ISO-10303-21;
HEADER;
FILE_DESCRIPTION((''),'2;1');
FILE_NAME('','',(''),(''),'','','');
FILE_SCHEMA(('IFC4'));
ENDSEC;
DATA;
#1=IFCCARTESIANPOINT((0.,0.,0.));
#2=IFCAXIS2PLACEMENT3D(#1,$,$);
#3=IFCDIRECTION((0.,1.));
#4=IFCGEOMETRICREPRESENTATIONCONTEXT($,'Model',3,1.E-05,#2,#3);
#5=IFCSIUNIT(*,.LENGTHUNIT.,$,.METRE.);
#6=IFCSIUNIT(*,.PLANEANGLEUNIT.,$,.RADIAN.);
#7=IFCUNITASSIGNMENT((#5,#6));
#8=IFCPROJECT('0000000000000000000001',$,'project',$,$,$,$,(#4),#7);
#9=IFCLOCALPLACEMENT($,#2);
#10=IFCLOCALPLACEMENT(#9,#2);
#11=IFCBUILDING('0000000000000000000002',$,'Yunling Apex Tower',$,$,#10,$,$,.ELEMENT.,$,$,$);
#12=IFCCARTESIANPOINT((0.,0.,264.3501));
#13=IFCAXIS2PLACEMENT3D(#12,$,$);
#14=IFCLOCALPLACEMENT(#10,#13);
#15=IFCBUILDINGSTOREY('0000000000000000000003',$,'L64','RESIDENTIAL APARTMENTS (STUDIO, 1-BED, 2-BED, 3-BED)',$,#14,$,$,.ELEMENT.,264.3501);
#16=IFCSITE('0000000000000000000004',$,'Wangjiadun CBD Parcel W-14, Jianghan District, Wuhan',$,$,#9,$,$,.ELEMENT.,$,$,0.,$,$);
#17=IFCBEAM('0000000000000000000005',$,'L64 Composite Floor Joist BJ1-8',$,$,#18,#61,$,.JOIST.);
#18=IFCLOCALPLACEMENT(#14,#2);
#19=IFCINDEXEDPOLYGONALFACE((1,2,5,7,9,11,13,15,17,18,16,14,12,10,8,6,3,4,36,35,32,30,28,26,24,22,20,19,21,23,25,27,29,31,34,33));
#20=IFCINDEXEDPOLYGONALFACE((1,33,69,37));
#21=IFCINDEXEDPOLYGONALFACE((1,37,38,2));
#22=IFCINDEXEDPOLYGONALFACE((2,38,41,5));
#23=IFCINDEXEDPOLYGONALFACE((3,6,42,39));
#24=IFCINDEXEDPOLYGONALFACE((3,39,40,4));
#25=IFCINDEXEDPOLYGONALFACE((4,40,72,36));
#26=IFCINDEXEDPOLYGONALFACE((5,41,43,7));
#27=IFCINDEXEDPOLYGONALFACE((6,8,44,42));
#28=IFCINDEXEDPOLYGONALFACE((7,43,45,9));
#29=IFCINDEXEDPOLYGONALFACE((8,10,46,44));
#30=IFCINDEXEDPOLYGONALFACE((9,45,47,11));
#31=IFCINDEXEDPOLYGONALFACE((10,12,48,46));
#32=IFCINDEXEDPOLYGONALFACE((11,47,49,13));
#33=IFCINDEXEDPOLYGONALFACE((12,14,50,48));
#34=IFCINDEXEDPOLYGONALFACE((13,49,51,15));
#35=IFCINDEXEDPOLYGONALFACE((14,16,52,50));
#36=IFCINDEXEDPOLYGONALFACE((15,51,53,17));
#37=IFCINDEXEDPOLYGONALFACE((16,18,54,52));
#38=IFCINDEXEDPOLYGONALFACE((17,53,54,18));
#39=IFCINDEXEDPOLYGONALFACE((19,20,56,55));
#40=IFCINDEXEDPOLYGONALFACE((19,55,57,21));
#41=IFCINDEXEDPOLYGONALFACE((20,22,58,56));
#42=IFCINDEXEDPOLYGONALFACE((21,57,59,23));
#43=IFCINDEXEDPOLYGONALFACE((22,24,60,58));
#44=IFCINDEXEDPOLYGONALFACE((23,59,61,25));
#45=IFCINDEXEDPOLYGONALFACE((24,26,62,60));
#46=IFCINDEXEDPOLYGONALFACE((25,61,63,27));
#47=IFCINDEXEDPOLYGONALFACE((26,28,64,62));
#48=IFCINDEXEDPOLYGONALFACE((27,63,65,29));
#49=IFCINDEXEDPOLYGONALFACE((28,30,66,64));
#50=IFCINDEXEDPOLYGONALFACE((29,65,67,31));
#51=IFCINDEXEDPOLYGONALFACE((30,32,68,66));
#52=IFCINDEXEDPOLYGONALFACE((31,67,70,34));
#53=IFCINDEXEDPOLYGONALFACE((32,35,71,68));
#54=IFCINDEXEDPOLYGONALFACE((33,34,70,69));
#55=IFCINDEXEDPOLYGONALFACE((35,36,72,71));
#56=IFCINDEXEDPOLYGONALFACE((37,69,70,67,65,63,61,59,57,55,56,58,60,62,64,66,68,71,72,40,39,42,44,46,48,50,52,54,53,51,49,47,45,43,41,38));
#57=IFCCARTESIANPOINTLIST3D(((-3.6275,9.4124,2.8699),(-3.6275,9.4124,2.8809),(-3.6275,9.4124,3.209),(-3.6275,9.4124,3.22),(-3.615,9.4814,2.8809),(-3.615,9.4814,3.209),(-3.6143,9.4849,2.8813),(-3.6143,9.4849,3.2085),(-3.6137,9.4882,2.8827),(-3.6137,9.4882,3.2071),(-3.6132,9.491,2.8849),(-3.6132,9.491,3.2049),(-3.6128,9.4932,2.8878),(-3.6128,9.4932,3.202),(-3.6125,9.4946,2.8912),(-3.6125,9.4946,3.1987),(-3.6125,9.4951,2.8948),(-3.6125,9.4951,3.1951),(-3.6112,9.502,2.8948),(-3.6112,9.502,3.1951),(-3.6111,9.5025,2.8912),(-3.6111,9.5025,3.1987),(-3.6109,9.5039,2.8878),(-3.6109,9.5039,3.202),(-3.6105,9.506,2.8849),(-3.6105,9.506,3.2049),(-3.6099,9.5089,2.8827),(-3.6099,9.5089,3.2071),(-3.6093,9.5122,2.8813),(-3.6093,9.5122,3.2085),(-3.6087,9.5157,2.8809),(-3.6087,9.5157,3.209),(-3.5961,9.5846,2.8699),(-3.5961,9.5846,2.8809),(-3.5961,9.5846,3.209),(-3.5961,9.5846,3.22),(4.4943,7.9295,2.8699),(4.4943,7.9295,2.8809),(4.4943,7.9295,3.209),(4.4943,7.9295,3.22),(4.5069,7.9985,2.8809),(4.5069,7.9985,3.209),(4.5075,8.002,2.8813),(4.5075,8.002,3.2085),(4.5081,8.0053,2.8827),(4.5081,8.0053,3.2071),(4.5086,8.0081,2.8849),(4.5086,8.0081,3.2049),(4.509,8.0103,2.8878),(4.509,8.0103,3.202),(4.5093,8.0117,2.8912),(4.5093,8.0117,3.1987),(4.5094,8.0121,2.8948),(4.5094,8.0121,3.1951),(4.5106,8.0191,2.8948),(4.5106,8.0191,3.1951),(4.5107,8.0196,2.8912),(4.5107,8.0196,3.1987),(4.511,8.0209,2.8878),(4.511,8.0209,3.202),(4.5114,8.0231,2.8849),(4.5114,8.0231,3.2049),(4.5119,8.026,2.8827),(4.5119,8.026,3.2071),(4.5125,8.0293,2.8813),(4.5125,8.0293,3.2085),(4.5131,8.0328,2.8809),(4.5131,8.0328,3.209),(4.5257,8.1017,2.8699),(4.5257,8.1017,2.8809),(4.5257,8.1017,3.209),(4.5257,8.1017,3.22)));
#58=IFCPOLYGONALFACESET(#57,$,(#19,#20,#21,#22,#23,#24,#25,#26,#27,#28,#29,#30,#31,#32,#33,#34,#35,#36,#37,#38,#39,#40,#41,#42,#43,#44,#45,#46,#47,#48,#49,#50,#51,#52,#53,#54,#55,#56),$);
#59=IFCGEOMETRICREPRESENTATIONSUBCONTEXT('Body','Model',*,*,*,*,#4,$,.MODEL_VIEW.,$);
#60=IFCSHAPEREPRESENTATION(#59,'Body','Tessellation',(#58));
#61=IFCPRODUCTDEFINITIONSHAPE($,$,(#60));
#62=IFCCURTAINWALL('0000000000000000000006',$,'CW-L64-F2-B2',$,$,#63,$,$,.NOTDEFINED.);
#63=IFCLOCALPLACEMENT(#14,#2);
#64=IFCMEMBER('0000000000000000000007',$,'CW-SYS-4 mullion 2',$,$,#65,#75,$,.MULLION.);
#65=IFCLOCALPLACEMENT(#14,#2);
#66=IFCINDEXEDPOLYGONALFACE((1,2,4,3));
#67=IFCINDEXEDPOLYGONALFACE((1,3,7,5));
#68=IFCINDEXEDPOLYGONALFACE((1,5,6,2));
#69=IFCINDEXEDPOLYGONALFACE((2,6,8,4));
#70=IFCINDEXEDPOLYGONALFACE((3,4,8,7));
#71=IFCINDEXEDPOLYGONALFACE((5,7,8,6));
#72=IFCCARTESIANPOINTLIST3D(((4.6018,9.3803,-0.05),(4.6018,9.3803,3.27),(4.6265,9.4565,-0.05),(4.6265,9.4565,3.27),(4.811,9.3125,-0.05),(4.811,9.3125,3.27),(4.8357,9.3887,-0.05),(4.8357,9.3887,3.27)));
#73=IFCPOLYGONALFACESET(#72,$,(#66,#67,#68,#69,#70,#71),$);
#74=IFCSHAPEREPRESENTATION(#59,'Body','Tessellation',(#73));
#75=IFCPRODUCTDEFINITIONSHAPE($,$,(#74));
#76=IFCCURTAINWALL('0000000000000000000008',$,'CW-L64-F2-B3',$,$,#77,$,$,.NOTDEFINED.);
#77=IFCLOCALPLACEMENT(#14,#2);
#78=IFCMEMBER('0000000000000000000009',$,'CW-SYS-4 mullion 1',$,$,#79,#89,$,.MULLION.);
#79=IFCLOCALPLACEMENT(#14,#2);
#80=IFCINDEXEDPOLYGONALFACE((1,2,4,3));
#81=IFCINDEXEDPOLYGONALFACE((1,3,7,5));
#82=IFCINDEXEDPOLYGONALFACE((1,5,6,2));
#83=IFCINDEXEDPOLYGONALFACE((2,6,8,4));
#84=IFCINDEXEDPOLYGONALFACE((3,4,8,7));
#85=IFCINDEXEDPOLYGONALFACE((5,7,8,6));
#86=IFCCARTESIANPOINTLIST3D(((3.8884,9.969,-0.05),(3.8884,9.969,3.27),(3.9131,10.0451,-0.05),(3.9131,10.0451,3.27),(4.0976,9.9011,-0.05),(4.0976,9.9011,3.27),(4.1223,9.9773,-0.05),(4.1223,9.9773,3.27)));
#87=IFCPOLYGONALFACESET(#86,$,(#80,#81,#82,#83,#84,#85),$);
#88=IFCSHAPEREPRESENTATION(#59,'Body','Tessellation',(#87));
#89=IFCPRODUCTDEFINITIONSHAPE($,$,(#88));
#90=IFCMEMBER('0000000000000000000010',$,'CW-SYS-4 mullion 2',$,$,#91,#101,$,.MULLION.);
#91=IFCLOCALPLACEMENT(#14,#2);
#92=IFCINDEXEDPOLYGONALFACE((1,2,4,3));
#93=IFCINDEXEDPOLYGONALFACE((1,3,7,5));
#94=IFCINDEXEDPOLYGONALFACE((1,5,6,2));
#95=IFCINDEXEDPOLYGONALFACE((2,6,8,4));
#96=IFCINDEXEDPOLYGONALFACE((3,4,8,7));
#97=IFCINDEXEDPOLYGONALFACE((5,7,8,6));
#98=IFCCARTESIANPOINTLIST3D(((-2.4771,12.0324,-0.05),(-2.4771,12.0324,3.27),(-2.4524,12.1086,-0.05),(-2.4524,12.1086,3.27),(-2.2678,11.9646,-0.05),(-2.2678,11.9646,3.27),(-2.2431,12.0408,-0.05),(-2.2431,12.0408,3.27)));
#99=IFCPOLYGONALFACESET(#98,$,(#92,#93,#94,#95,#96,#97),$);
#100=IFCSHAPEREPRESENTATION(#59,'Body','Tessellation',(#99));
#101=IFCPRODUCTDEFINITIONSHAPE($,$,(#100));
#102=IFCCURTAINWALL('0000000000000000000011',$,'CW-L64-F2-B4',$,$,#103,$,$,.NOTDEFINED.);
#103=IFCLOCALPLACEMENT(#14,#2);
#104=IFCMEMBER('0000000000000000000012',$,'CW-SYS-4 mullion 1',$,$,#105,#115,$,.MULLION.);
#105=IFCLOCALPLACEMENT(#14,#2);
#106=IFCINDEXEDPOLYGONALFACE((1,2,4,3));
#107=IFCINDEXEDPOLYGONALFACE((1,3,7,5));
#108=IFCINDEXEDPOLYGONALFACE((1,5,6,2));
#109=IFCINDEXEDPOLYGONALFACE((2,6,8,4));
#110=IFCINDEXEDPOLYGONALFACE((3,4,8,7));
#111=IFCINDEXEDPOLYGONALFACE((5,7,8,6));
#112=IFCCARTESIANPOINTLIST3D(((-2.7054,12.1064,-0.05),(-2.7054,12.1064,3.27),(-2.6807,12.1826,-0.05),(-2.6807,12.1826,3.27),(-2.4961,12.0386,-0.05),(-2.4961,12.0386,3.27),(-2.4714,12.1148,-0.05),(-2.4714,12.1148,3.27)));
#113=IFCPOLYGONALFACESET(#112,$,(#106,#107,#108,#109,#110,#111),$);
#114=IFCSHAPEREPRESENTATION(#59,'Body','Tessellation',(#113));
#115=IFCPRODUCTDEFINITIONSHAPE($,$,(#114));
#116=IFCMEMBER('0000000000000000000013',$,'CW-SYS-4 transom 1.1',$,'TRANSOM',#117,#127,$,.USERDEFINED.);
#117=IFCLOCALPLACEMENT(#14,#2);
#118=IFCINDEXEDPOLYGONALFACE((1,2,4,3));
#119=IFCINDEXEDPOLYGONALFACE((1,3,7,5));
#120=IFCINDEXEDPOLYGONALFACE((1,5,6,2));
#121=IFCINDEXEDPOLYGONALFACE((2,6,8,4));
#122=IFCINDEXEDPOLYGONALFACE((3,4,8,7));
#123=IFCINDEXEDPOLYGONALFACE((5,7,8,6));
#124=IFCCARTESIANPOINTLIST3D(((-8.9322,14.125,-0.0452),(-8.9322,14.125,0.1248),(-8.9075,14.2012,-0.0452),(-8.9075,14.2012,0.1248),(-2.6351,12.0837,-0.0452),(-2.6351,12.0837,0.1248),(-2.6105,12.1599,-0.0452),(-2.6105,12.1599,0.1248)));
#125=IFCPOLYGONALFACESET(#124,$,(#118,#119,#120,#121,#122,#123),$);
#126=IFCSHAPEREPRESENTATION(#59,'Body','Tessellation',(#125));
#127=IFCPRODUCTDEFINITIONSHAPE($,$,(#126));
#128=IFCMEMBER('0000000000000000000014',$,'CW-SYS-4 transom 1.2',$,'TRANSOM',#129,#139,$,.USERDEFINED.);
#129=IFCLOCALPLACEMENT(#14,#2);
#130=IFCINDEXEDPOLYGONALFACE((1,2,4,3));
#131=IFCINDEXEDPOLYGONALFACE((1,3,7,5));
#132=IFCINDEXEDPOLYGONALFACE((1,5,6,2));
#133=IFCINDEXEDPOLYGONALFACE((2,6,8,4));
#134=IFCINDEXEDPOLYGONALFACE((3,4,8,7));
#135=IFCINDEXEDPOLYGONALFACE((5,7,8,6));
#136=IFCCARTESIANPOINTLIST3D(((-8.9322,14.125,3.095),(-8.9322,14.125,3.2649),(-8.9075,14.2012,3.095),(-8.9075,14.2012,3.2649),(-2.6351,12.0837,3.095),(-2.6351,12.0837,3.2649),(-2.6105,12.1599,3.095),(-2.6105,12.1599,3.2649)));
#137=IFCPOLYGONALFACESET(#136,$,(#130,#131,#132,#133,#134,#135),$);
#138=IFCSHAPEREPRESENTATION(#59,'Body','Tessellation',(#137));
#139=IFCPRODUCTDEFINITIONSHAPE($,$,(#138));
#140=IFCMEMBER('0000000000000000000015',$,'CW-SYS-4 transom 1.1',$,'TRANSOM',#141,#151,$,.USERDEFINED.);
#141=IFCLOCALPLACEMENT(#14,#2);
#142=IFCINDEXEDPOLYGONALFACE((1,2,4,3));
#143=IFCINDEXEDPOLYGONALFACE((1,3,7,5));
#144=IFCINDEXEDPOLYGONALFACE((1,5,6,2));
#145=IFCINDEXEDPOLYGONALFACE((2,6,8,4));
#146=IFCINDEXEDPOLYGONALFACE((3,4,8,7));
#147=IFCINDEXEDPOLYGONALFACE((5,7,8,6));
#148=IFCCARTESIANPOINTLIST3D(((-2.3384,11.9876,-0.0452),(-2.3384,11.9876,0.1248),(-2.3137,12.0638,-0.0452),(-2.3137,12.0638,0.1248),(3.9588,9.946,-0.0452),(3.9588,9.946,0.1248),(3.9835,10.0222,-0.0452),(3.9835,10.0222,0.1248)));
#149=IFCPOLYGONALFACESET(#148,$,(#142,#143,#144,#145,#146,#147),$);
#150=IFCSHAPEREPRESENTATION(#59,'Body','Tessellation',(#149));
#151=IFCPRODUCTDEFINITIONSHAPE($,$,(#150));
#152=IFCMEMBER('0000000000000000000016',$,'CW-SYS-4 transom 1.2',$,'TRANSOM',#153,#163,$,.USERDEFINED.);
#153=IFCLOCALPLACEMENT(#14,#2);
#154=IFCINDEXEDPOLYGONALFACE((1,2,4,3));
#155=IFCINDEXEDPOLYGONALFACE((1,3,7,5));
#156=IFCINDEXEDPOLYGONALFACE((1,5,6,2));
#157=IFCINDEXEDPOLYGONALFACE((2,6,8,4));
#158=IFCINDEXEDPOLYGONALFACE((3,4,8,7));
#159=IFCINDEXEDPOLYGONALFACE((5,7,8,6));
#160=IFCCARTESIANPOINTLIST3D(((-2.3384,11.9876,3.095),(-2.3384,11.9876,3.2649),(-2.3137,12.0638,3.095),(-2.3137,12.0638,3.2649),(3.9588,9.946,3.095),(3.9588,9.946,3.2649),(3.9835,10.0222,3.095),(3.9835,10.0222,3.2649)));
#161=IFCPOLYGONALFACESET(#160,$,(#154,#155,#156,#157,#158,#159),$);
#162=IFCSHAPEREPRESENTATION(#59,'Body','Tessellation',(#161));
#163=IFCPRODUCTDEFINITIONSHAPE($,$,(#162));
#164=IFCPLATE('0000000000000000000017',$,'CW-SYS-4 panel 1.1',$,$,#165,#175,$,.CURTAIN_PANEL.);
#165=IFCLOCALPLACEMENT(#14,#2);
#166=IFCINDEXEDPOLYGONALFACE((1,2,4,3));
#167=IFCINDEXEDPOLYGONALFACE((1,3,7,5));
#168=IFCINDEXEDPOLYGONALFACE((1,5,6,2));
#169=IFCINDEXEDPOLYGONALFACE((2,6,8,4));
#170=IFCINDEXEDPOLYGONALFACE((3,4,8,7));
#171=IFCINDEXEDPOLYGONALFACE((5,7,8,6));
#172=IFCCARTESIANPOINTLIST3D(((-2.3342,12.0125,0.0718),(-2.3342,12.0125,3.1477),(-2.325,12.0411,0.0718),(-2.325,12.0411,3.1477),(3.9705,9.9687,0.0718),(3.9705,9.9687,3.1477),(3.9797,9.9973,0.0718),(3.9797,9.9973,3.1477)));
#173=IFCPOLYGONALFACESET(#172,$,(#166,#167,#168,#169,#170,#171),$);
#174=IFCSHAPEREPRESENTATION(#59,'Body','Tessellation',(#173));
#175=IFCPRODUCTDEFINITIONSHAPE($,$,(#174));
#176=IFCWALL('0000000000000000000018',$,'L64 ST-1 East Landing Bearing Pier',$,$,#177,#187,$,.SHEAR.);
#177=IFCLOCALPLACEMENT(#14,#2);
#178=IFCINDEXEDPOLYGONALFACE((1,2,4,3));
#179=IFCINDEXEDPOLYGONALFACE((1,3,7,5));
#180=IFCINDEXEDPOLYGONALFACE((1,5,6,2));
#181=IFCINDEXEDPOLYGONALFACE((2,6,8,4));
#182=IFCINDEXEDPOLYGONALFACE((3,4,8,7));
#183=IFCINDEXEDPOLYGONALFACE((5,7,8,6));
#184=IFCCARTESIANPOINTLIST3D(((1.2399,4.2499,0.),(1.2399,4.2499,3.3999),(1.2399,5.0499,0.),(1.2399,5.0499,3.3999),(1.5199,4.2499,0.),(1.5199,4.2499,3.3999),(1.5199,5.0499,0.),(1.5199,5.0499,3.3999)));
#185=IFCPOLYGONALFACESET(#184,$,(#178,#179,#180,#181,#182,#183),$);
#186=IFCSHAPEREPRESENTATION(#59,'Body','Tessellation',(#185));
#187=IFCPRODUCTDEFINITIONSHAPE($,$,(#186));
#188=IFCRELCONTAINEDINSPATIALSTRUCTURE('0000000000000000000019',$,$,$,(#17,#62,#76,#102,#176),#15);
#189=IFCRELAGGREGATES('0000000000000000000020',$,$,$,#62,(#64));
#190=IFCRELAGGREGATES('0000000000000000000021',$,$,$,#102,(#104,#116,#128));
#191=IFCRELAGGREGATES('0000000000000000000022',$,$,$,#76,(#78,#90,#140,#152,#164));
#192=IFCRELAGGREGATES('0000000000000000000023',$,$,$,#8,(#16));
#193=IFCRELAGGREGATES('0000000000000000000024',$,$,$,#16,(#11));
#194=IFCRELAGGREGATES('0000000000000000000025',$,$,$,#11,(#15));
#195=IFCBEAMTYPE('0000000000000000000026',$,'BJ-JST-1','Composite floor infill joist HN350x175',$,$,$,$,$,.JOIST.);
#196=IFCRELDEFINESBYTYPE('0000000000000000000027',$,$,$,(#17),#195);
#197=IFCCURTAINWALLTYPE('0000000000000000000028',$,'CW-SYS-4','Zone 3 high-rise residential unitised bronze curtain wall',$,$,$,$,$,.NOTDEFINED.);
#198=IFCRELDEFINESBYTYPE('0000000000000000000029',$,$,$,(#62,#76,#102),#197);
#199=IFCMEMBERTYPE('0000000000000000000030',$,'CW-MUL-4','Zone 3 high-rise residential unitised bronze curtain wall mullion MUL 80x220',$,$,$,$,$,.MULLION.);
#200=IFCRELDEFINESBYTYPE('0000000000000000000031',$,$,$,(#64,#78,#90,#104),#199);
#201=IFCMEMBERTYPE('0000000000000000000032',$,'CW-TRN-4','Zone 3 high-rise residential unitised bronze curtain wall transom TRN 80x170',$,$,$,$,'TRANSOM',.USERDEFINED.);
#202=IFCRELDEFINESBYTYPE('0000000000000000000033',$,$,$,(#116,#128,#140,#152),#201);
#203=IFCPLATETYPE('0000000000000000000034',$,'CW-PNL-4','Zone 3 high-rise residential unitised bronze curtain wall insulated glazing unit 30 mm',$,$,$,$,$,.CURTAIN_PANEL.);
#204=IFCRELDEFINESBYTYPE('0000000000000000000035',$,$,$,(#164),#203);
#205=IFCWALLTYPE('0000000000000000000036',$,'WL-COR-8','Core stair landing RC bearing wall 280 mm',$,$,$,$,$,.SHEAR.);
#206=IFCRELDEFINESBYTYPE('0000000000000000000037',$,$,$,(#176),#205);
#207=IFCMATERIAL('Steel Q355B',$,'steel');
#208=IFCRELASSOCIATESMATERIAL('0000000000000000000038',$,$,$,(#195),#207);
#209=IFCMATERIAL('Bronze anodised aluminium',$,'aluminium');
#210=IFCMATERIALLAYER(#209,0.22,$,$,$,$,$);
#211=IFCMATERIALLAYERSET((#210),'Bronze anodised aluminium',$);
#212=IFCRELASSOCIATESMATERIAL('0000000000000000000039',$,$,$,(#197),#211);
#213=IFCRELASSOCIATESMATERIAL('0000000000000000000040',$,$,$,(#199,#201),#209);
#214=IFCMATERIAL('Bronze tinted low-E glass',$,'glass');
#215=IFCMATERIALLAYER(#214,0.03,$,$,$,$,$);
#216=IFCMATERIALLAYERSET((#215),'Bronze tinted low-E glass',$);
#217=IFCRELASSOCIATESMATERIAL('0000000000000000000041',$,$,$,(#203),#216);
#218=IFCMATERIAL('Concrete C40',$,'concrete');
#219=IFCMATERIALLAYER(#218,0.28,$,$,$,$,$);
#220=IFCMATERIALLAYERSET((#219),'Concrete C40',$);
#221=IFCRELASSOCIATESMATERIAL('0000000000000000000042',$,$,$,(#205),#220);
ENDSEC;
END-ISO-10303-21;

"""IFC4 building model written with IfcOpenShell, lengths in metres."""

from ifc_helpers import new_model, si_unit, direction, frame, frame_2d, origin, origin_2d, place, context, subcontext, project, spatial, rectangle, i_section, extrude, source, transform, mapped, material, layer, layer_set, material_profile, profile_set, type_object, element, aggregate, save


model = new_model("IFC4")

# Units and contexts
model_context = context("Model", 3, precision=1e-05, world=origin(), true_north=direction((0.0, 1.0)))
body_context = subcontext(model_context, "Body", "Model", "MODEL_VIEW")
ifc_project = project(units=[si_unit("LENGTHUNIT", "METRE"), si_unit("PLANEANGLEUNIT", "RADIAN")], contexts=[model_context])

# Site, building, storey
site_placement = place(None, origin())
site = spatial("IfcSite", under=ifc_project, at=site_placement, Name="Wangjiadun CBD Parcel W-14, Jianghan District, Wuhan", CompositionType="ELEMENT", RefElevation=0.0)
building_placement = place(site_placement, origin())
building = spatial("IfcBuilding", under=site, at=building_placement, Name="Yunling Apex Tower", CompositionType="ELEMENT")
storey_placement = place(building_placement, frame((0.0, 0.0, 264.3501)))
storey = spatial("IfcBuildingStorey", under=building, at=storey_placement, Name="L64", Description="RESIDENTIAL APARTMENTS (STUDIO, 1-BED, 2-BED, 3-BED)", CompositionType="ELEMENT", Elevation=264.3501)

# Shared definitions
ifc_material_1 = material(Name="Steel Q355B", Category="steel")

# Beam
ifc_material_profile_1 = material_profile(ifc_material_1, i_section(OverallWidth=0.175, OverallDepth=0.3501, WebThickness=0.0071, FlangeThickness=0.011, FilletRadius=0.0139, at=origin_2d()))
ifc_profile_set_1 = profile_set([ifc_material_profile_1], Name="Steel Q355B")
beam_type_1 = type_object("IfcBeamType", Name="BJ-JST-1", Description="Composite floor infill joist HN350x175", PredefinedType="JOIST", material=ifc_profile_set_1)
shared_shape_1 = source(origin(), body_context, "Body", "SweptSolid", [
    extrude(i_section(OverallWidth=0.175, OverallDepth=0.3501, WebThickness=0.0071, FlangeThickness=0.011, FilletRadius=0.0139, at=origin_2d()), origin(), (0.0, 0.0, 1.0), 8.2561),
])
beam_1_placement = place(storey_placement, frame((4.51, 8.0156, 3.0449), z_axis=(-0.983737, 0.179614, 0.0), x_axis=(-0.179614, -0.983737, 0.0)))
element("IfcBeam", 1, at=beam_1_placement, inside=storey, type_object=beam_type_1, Name="L64 Composite Floor Joist BJ1-8", PredefinedType="JOIST", context=body_context, shape_type="MappedRepresentation", body=[
    mapped(shared_shape_1, transform((0.0, 0.0, 0.0), scale=1.0)),
])

# Curtain wall, member
ifc_material_2 = material(Name="Bronze anodised aluminium", Category="aluminium")
ifc_layer_1 = layer(ifc_material_2, 0.22)
ifc_layer_set_1 = layer_set([ifc_layer_1], Name="Bronze anodised aluminium")
curtain_wall_type = type_object("IfcCurtainWallType", Name="CW-SYS-4", Description="Zone 3 high-rise residential unitised bronze curtain wall", PredefinedType="NOTDEFINED", material=ifc_layer_set_1)
curtain_wall_1_placement = place(storey_placement, origin())
curtain_wall_1 = element("IfcCurtainWall", 2, at=curtain_wall_1_placement, inside=storey, type_object=curtain_wall_type, Name="CW-L64-F2-B2", PredefinedType="NOTDEFINED")
ifc_material_profile_2 = material_profile(ifc_material_2, rectangle(XDim=0.0801, YDim=0.22, at=origin_2d()))
ifc_profile_set_2 = profile_set([ifc_material_profile_2], Name="Bronze anodised aluminium")
member_type_1 = type_object("IfcMemberType", Name="CW-MUL-4", Description="Zone 3 high-rise residential unitised bronze curtain wall mullion MUL 80x220", PredefinedType="MULLION", material=ifc_profile_set_2)
shared_shape_2 = source(origin(), body_context, "Body", "SweptSolid", [
    extrude(rectangle(XDim=0.0801, YDim=0.22, at=origin_2d()), origin(), (0.0, 0.0, 1.0), 3.3201),
])
member_1_placement = place(storey_placement, frame((4.7188, 9.3845, -0.05), z_axis=(0.0, 0.0, 1.0), x_axis=(-0.308369, -0.951267, 0.0)))
member_1 = element("IfcMember", 3, at=member_1_placement, type_object=member_type_1, Name="CW-SYS-4 mullion 2", PredefinedType="MULLION", context=body_context, shape_type="MappedRepresentation", body=[
    mapped(shared_shape_2, transform((0.0, 0.0, 0.0), scale=1.0)),
])
aggregate(curtain_wall_1, [member_1])

# Curtain walls, members
curtain_wall_2_placement = place(storey_placement, origin())
curtain_wall_2 = element("IfcCurtainWall", 4, at=curtain_wall_2_placement, inside=storey, type_object=curtain_wall_type, Name="CW-L64-F2-B3", PredefinedType="NOTDEFINED")
member_2_placement = place(storey_placement, frame((4.0054, 9.9731, -0.05), z_axis=(0.0, 0.0, 1.0), x_axis=(-0.308371, -0.951266, 0.0)))
member_2 = element("IfcMember", 5, at=member_2_placement, type_object=member_type_1, Name="CW-SYS-4 mullion 1", PredefinedType="MULLION", context=body_context, shape_type="MappedRepresentation", body=[
    mapped(shared_shape_2, transform((0.0, 0.0, 0.0), scale=1.0)),
])
member_3_placement = place(storey_placement, frame((-2.3601, 12.0366, -0.05), z_axis=(0.0, 0.0, 1.0), x_axis=(-0.308371, -0.951266, 0.0)))
member_3 = element("IfcMember", 6, at=member_3_placement, type_object=member_type_1, Name="CW-SYS-4 mullion 2", PredefinedType="MULLION", context=body_context, shape_type="MappedRepresentation", body=[
    mapped(shared_shape_2, transform((0.0, 0.0, 0.0), scale=1.0)),
])
curtain_wall_3_placement = place(storey_placement, origin())
curtain_wall_3 = element("IfcCurtainWall", 7, at=curtain_wall_3_placement, inside=storey, type_object=curtain_wall_type, Name="CW-L64-F2-B4", PredefinedType="NOTDEFINED")
member_4_placement = place(storey_placement, frame((-2.5884, 12.1106, -0.05), z_axis=(0.0, 0.0, 1.0), x_axis=(-0.308353, -0.951272, 0.0)))
member_4 = element("IfcMember", 8, at=member_4_placement, type_object=member_type_1, Name="CW-SYS-4 mullion 1", PredefinedType="MULLION", context=body_context, shape_type="MappedRepresentation", body=[
    mapped(shared_shape_2, transform((0.0, 0.0, 0.0), scale=1.0)),
])
ifc_material_profile_3 = material_profile(ifc_material_2, rectangle(XDim=0.0801, YDim=0.1699, at=origin_2d()))
ifc_profile_set_3 = profile_set([ifc_material_profile_3], Name="Bronze anodised aluminium")
member_type_2 = type_object("IfcMemberType", Name="CW-TRN-4", Description="Zone 3 high-rise residential unitised bronze curtain wall transom TRN 80x170", ElementType="TRANSOM", PredefinedType="USERDEFINED", material=ifc_profile_set_3)
shared_shape_3 = source(origin(), body_context, "Body", "SweptSolid", [
    extrude(rectangle(XDim=0.0801, YDim=0.1699, at=origin_2d()), origin(), (0.0, 0.0, 1.0), 6.6196),
])
member_5_placement = place(storey_placement, frame((-2.6228, 12.1218, 0.0398), z_axis=(-0.951269, 0.308361, 0.0), x_axis=(-0.308361, -0.951269, 0.0)))
member_5 = element("IfcMember", 9, at=member_5_placement, type_object=member_type_2, Name="CW-SYS-4 transom 1.1", ObjectType="TRANSOM", PredefinedType="USERDEFINED", context=body_context, shape_type="MappedRepresentation", body=[
    mapped(shared_shape_3, transform((0.0, 0.0, 0.0), scale=1.0)),
])
member_6_placement = place(storey_placement, frame((-2.6228, 12.1218, 3.1799), z_axis=(-0.951269, 0.308361, 0.0), x_axis=(-0.308361, -0.951269, 0.0)))
member_6 = element("IfcMember", 10, at=member_6_placement, type_object=member_type_2, Name="CW-SYS-4 transom 1.2", ObjectType="TRANSOM", PredefinedType="USERDEFINED", context=body_context, shape_type="MappedRepresentation", body=[
    mapped(shared_shape_3, transform((0.0, 0.0, 0.0), scale=1.0)),
])
aggregate(curtain_wall_3, [member_4, member_5, member_6])

# Members
shared_shape_4 = source(origin(), body_context, "Body", "SweptSolid", [
    extrude(rectangle(XDim=0.0801, YDim=0.1699, at=origin_2d()), origin(), (0.0, 0.0, 1.0), 6.6199),
])
member_7_placement = place(storey_placement, frame((3.9712, 9.9841, 0.0398), z_axis=(-0.951258, 0.308395, 0.0), x_axis=(-0.308395, -0.951258, 0.0)))
member_7 = element("IfcMember", 11, at=member_7_placement, type_object=member_type_2, Name="CW-SYS-4 transom 1.1", ObjectType="TRANSOM", PredefinedType="USERDEFINED", context=body_context, shape_type="MappedRepresentation", body=[
    mapped(shared_shape_4, transform((0.0, 0.0, 0.0), scale=1.0)),
])
member_8_placement = place(storey_placement, frame((3.9712, 9.9841, 3.1799), z_axis=(-0.951258, 0.308395, 0.0), x_axis=(-0.308395, -0.951258, 0.0)))
member_8 = element("IfcMember", 12, at=member_8_placement, type_object=member_type_2, Name="CW-SYS-4 transom 1.2", ObjectType="TRANSOM", PredefinedType="USERDEFINED", context=body_context, shape_type="MappedRepresentation", body=[
    mapped(shared_shape_4, transform((0.0, 0.0, 0.0), scale=1.0)),
])

# Plate
ifc_material_3 = material(Name="Bronze tinted low-E glass", Category="glass")
ifc_layer_2 = layer(ifc_material_3, 0.03)
ifc_layer_set_2 = layer_set([ifc_layer_2], Name="Bronze tinted low-E glass")
plate_type = type_object("IfcPlateType", Name="CW-PNL-4", Description="Zone 3 high-rise residential unitised bronze curtain wall insulated glazing unit 30 mm", PredefinedType="CURTAIN_PANEL", material=ifc_layer_set_2)
shared_shape_5 = source(origin(), body_context, "Body", "SweptSolid", [
    extrude(rectangle(XDim=6.6277, YDim=0.03, at=origin_2d()), origin(), (0.0, 0.0, 1.0), 3.0759),
])
plate_placement = place(storey_placement, frame((0.8228, 11.0049, 0.0718), z_axis=(0.0, 0.0, 1.0), x_axis=(-0.951266, 0.308371, 0.0)))
plate = element("IfcPlate", 13, at=plate_placement, type_object=plate_type, Name="CW-SYS-4 panel 1.1", PredefinedType="CURTAIN_PANEL", context=body_context, shape_type="MappedRepresentation", body=[
    mapped(shared_shape_5, transform((0.0, 0.0, 0.0), scale=1.0)),
])
aggregate(curtain_wall_2, [member_2, member_3, member_7, member_8, plate])

# Wall
ifc_material_4 = material(Name="Concrete C40", Category="concrete")
ifc_layer_3 = layer(ifc_material_4, 0.28)
ifc_layer_set_3 = layer_set([ifc_layer_3], Name="Concrete C40")
wall_type_1 = type_object("IfcWallType", Name="WL-COR-8", Description="Core stair landing RC bearing wall 280 mm", PredefinedType="SHEAR", material=ifc_layer_set_3)
wall_1_placement = place(storey_placement, frame((1.3799, 4.25, 0.0), z_axis=(0.0, 0.0, 1.0), x_axis=(0.0, 1.0, 0.0)))
element("IfcWall", 14, at=wall_1_placement, inside=storey, type_object=wall_type_1, Name="L64 ST-1 East Landing Bearing Pier", PredefinedType="SHEAR", context=body_context, shape_type="SweptSolid", body=[
    extrude(rectangle(XDim=0.8, YDim=0.28, at=frame_2d((0.3999, 0.0))), origin(), (0.0, 0.0, 1.0), 3.3999),
])

save(model, "model.ifc")
